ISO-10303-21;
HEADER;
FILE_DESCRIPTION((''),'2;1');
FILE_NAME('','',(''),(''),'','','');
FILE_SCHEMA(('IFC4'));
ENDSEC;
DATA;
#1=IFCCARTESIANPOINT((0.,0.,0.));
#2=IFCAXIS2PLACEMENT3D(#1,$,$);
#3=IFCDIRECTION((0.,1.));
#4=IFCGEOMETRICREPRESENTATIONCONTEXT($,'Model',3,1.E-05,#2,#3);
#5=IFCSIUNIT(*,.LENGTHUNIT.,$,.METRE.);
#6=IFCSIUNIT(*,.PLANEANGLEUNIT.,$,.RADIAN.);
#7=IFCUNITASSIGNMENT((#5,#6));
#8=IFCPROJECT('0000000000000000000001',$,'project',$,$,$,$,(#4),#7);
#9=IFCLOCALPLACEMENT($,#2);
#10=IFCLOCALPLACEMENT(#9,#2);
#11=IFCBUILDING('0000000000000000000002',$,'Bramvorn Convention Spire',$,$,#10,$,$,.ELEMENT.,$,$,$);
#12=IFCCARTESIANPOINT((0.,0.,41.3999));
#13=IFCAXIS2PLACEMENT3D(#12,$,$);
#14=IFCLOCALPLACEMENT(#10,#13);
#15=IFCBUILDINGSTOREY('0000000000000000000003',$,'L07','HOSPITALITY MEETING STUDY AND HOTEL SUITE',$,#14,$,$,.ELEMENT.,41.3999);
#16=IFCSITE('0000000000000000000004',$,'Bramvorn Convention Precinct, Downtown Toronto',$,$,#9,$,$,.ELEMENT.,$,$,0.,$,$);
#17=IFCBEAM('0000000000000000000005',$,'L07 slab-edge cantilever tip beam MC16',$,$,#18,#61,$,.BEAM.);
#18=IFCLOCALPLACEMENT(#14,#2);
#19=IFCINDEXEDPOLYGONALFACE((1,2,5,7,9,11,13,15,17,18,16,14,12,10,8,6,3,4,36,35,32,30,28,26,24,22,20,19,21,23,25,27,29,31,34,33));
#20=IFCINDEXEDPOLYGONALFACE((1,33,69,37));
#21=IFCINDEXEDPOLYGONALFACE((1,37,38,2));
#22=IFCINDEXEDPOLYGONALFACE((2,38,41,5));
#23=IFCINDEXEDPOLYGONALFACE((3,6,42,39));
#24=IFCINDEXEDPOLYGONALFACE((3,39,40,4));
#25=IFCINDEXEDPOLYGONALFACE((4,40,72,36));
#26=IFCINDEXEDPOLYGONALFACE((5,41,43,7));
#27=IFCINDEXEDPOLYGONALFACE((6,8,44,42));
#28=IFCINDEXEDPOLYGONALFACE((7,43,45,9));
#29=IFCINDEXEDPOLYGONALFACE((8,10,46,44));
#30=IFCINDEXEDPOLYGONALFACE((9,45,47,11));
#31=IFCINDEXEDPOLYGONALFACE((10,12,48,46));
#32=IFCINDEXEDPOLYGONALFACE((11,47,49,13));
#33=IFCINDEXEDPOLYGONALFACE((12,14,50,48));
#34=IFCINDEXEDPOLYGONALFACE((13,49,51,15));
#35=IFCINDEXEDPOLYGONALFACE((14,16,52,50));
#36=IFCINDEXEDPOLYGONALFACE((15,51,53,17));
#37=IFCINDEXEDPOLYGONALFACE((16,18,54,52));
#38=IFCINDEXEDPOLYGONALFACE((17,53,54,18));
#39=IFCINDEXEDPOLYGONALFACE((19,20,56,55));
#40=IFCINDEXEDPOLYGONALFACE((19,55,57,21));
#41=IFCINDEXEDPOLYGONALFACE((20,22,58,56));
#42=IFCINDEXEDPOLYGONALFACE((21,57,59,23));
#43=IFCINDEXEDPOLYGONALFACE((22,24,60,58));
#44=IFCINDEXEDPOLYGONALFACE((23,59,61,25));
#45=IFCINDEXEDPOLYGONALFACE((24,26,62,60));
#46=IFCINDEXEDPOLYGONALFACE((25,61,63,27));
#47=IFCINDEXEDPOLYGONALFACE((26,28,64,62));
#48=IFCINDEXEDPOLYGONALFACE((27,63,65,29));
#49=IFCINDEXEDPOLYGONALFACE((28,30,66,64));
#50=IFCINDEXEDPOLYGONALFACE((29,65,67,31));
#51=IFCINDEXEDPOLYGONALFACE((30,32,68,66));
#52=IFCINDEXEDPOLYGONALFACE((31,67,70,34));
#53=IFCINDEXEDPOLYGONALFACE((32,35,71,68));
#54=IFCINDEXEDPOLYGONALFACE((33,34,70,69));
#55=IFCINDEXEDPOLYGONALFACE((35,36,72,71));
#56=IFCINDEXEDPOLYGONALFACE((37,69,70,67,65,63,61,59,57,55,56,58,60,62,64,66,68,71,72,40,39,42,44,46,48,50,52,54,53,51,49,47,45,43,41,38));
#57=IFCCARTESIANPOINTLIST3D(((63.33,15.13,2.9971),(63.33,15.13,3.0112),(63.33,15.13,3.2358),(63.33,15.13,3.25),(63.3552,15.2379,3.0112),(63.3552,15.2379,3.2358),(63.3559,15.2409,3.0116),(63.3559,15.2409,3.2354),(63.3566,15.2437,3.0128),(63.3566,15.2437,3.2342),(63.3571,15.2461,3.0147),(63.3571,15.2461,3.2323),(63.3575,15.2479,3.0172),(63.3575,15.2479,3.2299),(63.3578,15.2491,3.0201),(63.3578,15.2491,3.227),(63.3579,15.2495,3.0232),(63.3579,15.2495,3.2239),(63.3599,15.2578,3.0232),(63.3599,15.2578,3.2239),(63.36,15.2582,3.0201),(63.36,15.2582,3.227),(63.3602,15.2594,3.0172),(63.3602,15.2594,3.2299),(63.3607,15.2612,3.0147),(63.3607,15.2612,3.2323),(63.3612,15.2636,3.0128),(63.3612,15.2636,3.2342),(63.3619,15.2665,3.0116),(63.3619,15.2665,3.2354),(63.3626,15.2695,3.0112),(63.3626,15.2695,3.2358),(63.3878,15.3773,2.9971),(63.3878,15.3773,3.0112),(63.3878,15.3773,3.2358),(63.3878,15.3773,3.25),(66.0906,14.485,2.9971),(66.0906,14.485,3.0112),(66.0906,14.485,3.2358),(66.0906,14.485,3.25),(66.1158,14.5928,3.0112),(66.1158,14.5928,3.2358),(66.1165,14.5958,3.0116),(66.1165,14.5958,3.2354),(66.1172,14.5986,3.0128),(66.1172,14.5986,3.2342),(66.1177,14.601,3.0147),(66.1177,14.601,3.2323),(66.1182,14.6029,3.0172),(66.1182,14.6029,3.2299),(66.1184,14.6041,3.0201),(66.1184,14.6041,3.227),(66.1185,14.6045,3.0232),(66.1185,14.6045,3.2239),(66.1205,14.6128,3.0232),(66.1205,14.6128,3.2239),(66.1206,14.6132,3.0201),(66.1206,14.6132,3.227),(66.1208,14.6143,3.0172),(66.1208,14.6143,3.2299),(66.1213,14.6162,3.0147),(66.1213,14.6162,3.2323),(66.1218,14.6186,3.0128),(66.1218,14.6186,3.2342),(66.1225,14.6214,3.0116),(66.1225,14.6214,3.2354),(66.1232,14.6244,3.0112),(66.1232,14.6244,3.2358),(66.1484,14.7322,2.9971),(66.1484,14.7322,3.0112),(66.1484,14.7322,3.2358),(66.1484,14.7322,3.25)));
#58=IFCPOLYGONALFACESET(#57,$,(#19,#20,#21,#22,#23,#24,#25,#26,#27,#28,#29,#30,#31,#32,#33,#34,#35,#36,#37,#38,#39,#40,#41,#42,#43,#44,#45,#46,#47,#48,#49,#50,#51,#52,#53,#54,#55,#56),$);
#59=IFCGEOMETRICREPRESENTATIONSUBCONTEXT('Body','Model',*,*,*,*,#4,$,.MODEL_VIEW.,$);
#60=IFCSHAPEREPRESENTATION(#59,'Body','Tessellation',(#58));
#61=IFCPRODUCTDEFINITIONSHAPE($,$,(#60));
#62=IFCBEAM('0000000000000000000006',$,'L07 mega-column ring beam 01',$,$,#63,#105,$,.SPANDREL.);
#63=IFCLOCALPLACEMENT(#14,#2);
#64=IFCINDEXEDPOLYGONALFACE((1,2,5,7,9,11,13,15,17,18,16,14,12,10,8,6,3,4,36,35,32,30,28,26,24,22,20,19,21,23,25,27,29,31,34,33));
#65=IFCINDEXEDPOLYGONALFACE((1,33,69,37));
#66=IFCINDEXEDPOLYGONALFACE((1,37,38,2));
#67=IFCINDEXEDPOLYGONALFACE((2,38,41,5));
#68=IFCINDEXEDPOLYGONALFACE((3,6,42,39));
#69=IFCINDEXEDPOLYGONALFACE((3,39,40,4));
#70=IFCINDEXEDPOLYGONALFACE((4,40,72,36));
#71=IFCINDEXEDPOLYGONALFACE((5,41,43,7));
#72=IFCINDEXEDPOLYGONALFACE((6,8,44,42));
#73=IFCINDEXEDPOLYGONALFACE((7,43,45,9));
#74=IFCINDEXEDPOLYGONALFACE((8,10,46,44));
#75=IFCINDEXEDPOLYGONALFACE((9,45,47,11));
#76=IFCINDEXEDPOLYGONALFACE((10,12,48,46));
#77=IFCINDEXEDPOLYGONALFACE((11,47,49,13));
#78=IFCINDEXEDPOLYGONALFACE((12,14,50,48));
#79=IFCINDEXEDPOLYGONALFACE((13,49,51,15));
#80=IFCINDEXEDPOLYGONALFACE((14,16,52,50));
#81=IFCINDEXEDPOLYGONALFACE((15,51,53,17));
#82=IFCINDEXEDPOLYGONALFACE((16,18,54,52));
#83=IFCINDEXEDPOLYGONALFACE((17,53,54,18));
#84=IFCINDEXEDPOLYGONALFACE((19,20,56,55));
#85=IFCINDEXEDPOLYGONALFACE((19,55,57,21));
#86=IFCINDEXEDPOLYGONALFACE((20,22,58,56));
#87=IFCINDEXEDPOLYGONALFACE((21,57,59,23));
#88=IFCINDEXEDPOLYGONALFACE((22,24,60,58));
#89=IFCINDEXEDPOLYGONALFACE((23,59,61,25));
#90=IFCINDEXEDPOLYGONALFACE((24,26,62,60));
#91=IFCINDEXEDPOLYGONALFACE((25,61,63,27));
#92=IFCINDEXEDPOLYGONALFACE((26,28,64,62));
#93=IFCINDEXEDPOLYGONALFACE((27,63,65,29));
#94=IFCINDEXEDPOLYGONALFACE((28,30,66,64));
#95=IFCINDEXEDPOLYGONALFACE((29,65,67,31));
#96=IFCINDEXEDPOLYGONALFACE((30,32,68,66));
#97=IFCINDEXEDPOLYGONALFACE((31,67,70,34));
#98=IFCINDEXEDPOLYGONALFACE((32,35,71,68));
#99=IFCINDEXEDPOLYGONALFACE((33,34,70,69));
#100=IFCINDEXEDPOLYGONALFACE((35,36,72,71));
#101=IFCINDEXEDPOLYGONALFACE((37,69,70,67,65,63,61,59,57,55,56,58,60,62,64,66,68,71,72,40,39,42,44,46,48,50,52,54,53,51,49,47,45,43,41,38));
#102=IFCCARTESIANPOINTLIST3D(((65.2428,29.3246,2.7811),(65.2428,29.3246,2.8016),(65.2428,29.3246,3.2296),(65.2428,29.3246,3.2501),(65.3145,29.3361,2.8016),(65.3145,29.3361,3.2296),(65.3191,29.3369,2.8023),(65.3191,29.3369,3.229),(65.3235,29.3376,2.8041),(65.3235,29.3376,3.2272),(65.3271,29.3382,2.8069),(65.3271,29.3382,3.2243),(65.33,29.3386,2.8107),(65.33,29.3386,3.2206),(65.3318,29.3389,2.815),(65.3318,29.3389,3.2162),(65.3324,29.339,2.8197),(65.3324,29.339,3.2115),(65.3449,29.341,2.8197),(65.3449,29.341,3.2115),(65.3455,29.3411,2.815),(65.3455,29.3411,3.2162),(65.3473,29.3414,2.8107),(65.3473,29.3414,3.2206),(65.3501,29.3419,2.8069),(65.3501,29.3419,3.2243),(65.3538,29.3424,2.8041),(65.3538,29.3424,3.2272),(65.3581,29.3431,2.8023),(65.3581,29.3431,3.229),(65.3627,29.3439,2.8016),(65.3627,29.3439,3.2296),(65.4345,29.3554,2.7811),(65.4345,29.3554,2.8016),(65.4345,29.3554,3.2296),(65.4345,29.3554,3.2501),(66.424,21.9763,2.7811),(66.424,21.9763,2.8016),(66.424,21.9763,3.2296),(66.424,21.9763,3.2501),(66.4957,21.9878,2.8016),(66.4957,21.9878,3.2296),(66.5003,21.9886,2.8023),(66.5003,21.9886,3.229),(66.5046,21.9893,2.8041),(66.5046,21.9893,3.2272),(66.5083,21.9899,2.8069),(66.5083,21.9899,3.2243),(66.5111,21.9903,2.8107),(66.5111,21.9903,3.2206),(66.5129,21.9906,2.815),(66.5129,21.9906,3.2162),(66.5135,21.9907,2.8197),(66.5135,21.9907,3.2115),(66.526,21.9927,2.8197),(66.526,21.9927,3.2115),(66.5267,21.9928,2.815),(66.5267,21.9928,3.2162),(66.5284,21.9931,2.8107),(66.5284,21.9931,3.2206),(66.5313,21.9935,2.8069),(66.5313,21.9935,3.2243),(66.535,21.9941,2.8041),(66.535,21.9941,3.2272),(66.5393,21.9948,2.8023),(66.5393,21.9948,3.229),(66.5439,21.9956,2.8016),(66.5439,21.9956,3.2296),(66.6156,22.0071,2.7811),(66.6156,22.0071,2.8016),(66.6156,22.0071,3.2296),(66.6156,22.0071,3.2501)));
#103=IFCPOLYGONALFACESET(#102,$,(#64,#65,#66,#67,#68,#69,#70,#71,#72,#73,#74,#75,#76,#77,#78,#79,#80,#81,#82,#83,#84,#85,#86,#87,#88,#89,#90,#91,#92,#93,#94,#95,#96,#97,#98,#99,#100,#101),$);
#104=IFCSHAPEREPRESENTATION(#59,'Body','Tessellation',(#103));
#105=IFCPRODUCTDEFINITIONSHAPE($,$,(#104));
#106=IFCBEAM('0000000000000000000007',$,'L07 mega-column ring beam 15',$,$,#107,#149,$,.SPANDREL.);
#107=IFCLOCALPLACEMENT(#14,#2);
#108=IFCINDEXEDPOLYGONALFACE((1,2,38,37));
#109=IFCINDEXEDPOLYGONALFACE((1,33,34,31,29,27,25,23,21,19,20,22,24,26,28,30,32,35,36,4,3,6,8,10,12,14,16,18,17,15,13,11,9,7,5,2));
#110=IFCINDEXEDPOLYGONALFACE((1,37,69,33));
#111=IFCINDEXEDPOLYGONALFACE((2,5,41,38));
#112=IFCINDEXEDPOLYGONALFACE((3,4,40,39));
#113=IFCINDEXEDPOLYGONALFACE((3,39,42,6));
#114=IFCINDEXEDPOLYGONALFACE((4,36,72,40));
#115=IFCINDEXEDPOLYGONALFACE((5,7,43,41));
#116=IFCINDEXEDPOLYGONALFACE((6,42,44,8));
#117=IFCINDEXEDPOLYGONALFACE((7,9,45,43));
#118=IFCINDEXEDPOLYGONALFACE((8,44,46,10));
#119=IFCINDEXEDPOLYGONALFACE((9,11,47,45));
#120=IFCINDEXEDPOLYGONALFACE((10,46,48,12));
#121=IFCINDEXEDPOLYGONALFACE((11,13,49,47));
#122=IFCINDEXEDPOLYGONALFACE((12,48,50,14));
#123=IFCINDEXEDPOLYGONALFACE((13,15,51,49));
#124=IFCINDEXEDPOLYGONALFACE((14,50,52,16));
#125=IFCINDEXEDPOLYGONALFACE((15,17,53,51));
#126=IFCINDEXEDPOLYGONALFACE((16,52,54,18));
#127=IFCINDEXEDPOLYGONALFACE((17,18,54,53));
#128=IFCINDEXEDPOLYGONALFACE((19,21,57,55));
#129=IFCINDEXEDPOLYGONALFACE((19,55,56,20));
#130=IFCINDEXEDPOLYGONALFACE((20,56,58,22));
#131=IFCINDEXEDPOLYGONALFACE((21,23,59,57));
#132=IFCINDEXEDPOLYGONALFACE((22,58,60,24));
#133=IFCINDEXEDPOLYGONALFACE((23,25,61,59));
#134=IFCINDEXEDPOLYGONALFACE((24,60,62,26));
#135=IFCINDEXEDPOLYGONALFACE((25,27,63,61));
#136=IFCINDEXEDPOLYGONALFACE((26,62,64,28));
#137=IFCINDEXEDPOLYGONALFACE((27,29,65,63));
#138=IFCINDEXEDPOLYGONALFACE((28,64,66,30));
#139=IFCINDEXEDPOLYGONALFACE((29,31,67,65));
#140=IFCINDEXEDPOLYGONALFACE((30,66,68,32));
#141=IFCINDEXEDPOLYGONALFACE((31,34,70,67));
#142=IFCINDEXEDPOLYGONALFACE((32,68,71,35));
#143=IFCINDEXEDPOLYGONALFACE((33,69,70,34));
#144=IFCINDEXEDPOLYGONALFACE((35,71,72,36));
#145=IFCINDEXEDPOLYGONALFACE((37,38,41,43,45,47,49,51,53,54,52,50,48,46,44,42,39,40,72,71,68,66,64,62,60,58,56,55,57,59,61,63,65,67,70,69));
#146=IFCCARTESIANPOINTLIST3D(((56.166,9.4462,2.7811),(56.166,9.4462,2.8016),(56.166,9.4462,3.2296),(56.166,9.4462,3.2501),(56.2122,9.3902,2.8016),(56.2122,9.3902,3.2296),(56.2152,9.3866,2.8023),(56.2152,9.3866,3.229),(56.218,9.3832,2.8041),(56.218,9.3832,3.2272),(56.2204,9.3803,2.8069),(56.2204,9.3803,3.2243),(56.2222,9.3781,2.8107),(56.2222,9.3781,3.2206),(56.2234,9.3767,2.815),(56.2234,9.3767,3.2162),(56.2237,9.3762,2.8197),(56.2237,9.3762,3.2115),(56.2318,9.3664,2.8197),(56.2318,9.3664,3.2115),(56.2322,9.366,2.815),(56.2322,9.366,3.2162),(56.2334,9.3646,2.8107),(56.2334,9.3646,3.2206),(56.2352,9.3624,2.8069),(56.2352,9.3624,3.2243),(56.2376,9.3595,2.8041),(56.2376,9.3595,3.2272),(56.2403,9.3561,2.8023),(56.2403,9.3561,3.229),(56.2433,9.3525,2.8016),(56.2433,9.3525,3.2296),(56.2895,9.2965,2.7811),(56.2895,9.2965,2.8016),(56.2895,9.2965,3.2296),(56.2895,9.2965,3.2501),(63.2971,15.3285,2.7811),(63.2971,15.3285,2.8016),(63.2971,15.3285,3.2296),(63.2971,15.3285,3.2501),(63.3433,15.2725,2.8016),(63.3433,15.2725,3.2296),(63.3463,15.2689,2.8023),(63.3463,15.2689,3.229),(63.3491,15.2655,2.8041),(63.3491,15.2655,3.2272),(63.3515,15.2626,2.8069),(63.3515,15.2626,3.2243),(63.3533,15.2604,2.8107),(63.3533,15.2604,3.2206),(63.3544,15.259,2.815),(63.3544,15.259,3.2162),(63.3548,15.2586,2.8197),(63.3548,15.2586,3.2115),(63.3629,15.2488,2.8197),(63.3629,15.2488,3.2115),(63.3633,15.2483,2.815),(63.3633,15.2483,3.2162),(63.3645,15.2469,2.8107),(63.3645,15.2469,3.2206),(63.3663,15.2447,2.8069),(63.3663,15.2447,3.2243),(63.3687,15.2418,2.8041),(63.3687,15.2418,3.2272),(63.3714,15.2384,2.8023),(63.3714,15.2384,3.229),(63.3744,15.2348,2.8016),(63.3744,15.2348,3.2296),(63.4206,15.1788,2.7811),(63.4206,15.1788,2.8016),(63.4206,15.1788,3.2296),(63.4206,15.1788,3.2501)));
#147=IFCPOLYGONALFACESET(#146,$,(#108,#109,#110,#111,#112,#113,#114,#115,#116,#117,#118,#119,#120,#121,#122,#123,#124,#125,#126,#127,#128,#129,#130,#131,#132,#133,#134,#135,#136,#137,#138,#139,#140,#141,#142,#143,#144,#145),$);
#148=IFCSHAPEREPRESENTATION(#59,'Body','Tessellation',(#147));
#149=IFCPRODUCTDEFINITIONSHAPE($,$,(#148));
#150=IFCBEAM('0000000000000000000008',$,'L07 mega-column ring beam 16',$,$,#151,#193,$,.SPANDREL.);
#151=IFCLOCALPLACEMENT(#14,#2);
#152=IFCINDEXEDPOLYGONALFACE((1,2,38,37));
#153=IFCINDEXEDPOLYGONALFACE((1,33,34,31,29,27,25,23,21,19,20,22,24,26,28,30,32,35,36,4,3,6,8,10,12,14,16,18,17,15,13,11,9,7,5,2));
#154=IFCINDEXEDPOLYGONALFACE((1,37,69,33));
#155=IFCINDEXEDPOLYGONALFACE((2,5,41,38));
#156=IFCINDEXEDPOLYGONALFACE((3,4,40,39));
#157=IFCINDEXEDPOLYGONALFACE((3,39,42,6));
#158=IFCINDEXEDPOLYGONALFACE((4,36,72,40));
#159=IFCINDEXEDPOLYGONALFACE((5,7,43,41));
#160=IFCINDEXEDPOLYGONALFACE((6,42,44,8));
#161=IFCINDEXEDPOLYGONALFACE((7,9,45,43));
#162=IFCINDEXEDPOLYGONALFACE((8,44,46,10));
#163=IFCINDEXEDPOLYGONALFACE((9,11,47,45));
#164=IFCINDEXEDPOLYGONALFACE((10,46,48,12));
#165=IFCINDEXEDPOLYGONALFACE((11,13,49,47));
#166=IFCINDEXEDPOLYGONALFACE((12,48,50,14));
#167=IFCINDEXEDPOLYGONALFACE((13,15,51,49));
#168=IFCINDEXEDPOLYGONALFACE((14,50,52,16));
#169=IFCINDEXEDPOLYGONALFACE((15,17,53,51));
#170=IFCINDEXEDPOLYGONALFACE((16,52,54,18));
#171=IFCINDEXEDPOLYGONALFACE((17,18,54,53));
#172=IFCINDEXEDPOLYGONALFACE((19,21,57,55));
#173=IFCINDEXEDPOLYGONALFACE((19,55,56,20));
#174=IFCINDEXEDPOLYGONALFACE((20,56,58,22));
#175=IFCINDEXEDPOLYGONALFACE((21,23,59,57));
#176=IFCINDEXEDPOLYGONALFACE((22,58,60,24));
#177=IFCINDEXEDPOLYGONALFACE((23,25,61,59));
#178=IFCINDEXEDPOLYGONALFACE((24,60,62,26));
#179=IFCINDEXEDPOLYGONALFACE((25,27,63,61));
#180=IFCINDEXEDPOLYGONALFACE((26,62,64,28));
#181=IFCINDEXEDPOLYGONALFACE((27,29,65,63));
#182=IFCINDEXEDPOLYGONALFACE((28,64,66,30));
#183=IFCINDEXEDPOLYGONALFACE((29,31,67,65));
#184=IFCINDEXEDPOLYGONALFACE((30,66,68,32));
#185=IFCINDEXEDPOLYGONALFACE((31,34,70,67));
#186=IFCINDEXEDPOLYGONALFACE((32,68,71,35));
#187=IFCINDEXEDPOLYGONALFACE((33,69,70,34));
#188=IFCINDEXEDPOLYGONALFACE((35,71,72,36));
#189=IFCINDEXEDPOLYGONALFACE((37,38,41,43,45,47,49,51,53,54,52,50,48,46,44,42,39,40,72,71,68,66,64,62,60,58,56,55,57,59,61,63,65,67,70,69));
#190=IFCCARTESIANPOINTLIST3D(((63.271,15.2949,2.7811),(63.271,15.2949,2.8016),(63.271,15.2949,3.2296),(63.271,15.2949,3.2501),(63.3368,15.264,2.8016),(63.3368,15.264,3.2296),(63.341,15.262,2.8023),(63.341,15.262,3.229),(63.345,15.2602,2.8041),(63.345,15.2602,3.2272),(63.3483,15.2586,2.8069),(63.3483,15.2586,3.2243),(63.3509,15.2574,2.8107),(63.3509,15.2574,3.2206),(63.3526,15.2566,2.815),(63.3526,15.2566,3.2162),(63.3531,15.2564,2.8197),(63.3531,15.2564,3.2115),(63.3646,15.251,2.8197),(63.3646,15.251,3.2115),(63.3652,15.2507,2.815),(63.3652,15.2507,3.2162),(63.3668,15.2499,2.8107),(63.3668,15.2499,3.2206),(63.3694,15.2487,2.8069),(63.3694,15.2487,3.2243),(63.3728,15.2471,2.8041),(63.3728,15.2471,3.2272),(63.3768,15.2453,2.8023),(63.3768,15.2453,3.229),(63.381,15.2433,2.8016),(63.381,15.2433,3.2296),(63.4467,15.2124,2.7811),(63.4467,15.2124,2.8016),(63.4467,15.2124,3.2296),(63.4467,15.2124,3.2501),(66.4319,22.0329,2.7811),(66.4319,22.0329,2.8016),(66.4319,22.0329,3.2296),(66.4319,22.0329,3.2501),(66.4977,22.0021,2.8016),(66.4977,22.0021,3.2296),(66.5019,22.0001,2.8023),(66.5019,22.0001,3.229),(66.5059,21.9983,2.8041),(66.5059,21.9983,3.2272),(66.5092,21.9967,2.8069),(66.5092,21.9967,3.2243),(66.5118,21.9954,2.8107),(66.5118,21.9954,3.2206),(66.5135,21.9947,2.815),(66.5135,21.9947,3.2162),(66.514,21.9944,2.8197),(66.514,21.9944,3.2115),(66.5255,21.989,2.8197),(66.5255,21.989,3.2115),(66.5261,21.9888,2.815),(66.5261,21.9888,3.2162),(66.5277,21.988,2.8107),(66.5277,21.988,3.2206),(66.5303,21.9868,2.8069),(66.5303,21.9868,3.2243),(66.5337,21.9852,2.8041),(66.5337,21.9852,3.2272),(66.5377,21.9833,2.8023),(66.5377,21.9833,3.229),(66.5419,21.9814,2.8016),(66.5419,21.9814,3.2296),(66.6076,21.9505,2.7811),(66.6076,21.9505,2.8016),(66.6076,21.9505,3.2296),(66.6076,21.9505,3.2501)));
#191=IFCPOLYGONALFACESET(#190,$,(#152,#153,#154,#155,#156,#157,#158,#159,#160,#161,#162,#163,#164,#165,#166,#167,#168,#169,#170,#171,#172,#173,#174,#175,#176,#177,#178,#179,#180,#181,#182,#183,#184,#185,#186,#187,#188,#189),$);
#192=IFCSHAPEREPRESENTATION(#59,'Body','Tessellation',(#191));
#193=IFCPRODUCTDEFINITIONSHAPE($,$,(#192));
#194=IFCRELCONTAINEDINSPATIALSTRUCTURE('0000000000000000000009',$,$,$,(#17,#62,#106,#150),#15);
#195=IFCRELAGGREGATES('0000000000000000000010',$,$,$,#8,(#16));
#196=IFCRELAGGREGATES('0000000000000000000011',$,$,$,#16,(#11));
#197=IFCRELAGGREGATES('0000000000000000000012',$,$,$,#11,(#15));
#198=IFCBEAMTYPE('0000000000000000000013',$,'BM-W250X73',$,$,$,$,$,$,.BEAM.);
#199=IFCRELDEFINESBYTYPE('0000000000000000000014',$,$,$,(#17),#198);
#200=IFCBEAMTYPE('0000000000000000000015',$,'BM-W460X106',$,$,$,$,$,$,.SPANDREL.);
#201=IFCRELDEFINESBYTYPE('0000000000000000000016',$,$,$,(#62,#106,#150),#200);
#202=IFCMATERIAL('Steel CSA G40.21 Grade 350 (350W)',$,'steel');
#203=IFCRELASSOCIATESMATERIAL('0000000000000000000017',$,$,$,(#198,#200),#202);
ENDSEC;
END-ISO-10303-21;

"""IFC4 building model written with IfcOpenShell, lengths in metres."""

from ifc_helpers import new_model, si_unit, direction, frame, origin, origin_2d, place, context, subcontext, project, spatial, i_section, extrude, material, material_profile, profile_set, type_object, element, save


model = new_model("IFC4")

# Units and contexts
model_context = context("Model", 3, precision=1e-05, world=origin(), true_north=direction((0.0, 1.0)))
body_context = subcontext(model_context, "Body", "Model", "MODEL_VIEW")
ifc_project = project(units=[si_unit("LENGTHUNIT", "METRE"), si_unit("PLANEANGLEUNIT", "RADIAN")], contexts=[model_context])

# Site, building, storey
site_placement = place(None, origin())
site = spatial("IfcSite", under=ifc_project, at=site_placement, Name="Bramvorn Convention Precinct, Downtown Toronto", CompositionType="ELEMENT", RefElevation=0.0)
building_placement = place(site_placement, origin())
building = spatial("IfcBuilding", under=site, at=building_placement, Name="Bramvorn Convention Spire", CompositionType="ELEMENT")
storey_placement = place(building_placement, frame((0.0, 0.0, 41.3999)))
storey = spatial("IfcBuildingStorey", under=building, at=storey_placement, Name="L07", Description="HOSPITALITY MEETING STUDY AND HOTEL SUITE", CompositionType="ELEMENT", Elevation=41.3999)

# Shared definitions
ifc_material_1 = material(Name="Steel CSA G40.21 Grade 350 (350W)", Category="steel")

# Beams
ifc_material_profile_1 = material_profile(ifc_material_1, i_section(OverallWidth=0.2539, OverallDepth=0.2529, WebThickness=0.0085, FlangeThickness=0.0142, FilletRadius=0.012, at=origin_2d()))
ifc_profile_set_1 = profile_set([ifc_material_profile_1], Name="Steel CSA G40.21 Grade 350 (350W) - W250X73")
beam_type_1 = type_object("IfcBeamType", Name="BM-W250X73", PredefinedType="BEAM", material=ifc_profile_set_1)
beam_1_placement = place(storey_placement, frame((63.3589, 15.2537, 3.1235), z_axis=(0.973771, -0.227532, 0.0), x_axis=(0.227532, 0.973771, 0.0)))
element("IfcBeam", 1, at=beam_1_placement, inside=storey, type_object=beam_type_1, Name="L07 slab-edge cantilever tip beam MC16", PredefinedType="BEAM", context=body_context, shape_type="SweptSolid", body=[
    extrude(i_section(OverallWidth=0.2539, OverallDepth=0.2529, WebThickness=0.0085, FlangeThickness=0.0142, FilletRadius=0.012, at=origin_2d()), origin(), (0.0, 0.0, 1.0), 2.835),
])
ifc_material_profile_2 = material_profile(ifc_material_1, i_section(OverallWidth=0.1941, OverallDepth=0.469, WebThickness=0.0127, FlangeThickness=0.0205, FilletRadius=0.0181, at=origin_2d()))
ifc_profile_set_2 = profile_set([ifc_material_profile_2], Name="Steel CSA G40.21 Grade 350 (350W) - W460X106")
beam_type_2 = type_object("IfcBeamType", Name="BM-W460X106", PredefinedType="SPANDREL", material=ifc_profile_set_2)
beam_2_placement = place(storey_placement, frame((66.5198, 21.9917, 3.0156), z_axis=(-0.158699, 0.987327, 0.0), x_axis=(-0.987327, -0.158699, 0.0)))
element("IfcBeam", 2, at=beam_2_placement, inside=storey, type_object=beam_type_2, Name="L07 mega-column ring beam 01", PredefinedType="SPANDREL", context=body_context, shape_type="SweptSolid", body=[
    extrude(i_section(OverallWidth=0.1941, OverallDepth=0.469, WebThickness=0.0127, FlangeThickness=0.0205, FilletRadius=0.0181, at=origin_2d()), origin(), (0.0, 0.0, 1.0), 7.4426),
])
beam_3_placement = place(storey_placement, frame((56.2278, 9.3713, 3.0156), z_axis=(0.771418, 0.636329, 0.0), x_axis=(-0.636329, 0.771418, 0.0)))
element("IfcBeam", 3, at=beam_3_placement, inside=storey, type_object=beam_type_2, Name="L07 mega-column ring beam 15", PredefinedType="SPANDREL", context=body_context, shape_type="SweptSolid", body=[
    extrude(i_section(OverallWidth=0.1941, OverallDepth=0.469, WebThickness=0.0127, FlangeThickness=0.0205, FilletRadius=0.0181, at=origin_2d()), origin(), (0.0, 0.0, 1.0), 9.2441),
])
beam_4_placement = place(storey_placement, frame((63.3589, 15.2537, 3.0156), z_axis=(0.424702, 0.905333, 0.0), x_axis=(-0.905333, 0.424702, 0.0)))
element("IfcBeam", 4, at=beam_4_placement, inside=storey, type_object=beam_type_2, Name="L07 mega-column ring beam 16", PredefinedType="SPANDREL", context=body_context, shape_type="SweptSolid", body=[
    extrude(i_section(OverallWidth=0.1941, OverallDepth=0.469, WebThickness=0.0127, FlangeThickness=0.0205, FilletRadius=0.0181, at=origin_2d()), origin(), (0.0, 0.0, 1.0), 7.4426),
])

save(model, "model.ifc")
